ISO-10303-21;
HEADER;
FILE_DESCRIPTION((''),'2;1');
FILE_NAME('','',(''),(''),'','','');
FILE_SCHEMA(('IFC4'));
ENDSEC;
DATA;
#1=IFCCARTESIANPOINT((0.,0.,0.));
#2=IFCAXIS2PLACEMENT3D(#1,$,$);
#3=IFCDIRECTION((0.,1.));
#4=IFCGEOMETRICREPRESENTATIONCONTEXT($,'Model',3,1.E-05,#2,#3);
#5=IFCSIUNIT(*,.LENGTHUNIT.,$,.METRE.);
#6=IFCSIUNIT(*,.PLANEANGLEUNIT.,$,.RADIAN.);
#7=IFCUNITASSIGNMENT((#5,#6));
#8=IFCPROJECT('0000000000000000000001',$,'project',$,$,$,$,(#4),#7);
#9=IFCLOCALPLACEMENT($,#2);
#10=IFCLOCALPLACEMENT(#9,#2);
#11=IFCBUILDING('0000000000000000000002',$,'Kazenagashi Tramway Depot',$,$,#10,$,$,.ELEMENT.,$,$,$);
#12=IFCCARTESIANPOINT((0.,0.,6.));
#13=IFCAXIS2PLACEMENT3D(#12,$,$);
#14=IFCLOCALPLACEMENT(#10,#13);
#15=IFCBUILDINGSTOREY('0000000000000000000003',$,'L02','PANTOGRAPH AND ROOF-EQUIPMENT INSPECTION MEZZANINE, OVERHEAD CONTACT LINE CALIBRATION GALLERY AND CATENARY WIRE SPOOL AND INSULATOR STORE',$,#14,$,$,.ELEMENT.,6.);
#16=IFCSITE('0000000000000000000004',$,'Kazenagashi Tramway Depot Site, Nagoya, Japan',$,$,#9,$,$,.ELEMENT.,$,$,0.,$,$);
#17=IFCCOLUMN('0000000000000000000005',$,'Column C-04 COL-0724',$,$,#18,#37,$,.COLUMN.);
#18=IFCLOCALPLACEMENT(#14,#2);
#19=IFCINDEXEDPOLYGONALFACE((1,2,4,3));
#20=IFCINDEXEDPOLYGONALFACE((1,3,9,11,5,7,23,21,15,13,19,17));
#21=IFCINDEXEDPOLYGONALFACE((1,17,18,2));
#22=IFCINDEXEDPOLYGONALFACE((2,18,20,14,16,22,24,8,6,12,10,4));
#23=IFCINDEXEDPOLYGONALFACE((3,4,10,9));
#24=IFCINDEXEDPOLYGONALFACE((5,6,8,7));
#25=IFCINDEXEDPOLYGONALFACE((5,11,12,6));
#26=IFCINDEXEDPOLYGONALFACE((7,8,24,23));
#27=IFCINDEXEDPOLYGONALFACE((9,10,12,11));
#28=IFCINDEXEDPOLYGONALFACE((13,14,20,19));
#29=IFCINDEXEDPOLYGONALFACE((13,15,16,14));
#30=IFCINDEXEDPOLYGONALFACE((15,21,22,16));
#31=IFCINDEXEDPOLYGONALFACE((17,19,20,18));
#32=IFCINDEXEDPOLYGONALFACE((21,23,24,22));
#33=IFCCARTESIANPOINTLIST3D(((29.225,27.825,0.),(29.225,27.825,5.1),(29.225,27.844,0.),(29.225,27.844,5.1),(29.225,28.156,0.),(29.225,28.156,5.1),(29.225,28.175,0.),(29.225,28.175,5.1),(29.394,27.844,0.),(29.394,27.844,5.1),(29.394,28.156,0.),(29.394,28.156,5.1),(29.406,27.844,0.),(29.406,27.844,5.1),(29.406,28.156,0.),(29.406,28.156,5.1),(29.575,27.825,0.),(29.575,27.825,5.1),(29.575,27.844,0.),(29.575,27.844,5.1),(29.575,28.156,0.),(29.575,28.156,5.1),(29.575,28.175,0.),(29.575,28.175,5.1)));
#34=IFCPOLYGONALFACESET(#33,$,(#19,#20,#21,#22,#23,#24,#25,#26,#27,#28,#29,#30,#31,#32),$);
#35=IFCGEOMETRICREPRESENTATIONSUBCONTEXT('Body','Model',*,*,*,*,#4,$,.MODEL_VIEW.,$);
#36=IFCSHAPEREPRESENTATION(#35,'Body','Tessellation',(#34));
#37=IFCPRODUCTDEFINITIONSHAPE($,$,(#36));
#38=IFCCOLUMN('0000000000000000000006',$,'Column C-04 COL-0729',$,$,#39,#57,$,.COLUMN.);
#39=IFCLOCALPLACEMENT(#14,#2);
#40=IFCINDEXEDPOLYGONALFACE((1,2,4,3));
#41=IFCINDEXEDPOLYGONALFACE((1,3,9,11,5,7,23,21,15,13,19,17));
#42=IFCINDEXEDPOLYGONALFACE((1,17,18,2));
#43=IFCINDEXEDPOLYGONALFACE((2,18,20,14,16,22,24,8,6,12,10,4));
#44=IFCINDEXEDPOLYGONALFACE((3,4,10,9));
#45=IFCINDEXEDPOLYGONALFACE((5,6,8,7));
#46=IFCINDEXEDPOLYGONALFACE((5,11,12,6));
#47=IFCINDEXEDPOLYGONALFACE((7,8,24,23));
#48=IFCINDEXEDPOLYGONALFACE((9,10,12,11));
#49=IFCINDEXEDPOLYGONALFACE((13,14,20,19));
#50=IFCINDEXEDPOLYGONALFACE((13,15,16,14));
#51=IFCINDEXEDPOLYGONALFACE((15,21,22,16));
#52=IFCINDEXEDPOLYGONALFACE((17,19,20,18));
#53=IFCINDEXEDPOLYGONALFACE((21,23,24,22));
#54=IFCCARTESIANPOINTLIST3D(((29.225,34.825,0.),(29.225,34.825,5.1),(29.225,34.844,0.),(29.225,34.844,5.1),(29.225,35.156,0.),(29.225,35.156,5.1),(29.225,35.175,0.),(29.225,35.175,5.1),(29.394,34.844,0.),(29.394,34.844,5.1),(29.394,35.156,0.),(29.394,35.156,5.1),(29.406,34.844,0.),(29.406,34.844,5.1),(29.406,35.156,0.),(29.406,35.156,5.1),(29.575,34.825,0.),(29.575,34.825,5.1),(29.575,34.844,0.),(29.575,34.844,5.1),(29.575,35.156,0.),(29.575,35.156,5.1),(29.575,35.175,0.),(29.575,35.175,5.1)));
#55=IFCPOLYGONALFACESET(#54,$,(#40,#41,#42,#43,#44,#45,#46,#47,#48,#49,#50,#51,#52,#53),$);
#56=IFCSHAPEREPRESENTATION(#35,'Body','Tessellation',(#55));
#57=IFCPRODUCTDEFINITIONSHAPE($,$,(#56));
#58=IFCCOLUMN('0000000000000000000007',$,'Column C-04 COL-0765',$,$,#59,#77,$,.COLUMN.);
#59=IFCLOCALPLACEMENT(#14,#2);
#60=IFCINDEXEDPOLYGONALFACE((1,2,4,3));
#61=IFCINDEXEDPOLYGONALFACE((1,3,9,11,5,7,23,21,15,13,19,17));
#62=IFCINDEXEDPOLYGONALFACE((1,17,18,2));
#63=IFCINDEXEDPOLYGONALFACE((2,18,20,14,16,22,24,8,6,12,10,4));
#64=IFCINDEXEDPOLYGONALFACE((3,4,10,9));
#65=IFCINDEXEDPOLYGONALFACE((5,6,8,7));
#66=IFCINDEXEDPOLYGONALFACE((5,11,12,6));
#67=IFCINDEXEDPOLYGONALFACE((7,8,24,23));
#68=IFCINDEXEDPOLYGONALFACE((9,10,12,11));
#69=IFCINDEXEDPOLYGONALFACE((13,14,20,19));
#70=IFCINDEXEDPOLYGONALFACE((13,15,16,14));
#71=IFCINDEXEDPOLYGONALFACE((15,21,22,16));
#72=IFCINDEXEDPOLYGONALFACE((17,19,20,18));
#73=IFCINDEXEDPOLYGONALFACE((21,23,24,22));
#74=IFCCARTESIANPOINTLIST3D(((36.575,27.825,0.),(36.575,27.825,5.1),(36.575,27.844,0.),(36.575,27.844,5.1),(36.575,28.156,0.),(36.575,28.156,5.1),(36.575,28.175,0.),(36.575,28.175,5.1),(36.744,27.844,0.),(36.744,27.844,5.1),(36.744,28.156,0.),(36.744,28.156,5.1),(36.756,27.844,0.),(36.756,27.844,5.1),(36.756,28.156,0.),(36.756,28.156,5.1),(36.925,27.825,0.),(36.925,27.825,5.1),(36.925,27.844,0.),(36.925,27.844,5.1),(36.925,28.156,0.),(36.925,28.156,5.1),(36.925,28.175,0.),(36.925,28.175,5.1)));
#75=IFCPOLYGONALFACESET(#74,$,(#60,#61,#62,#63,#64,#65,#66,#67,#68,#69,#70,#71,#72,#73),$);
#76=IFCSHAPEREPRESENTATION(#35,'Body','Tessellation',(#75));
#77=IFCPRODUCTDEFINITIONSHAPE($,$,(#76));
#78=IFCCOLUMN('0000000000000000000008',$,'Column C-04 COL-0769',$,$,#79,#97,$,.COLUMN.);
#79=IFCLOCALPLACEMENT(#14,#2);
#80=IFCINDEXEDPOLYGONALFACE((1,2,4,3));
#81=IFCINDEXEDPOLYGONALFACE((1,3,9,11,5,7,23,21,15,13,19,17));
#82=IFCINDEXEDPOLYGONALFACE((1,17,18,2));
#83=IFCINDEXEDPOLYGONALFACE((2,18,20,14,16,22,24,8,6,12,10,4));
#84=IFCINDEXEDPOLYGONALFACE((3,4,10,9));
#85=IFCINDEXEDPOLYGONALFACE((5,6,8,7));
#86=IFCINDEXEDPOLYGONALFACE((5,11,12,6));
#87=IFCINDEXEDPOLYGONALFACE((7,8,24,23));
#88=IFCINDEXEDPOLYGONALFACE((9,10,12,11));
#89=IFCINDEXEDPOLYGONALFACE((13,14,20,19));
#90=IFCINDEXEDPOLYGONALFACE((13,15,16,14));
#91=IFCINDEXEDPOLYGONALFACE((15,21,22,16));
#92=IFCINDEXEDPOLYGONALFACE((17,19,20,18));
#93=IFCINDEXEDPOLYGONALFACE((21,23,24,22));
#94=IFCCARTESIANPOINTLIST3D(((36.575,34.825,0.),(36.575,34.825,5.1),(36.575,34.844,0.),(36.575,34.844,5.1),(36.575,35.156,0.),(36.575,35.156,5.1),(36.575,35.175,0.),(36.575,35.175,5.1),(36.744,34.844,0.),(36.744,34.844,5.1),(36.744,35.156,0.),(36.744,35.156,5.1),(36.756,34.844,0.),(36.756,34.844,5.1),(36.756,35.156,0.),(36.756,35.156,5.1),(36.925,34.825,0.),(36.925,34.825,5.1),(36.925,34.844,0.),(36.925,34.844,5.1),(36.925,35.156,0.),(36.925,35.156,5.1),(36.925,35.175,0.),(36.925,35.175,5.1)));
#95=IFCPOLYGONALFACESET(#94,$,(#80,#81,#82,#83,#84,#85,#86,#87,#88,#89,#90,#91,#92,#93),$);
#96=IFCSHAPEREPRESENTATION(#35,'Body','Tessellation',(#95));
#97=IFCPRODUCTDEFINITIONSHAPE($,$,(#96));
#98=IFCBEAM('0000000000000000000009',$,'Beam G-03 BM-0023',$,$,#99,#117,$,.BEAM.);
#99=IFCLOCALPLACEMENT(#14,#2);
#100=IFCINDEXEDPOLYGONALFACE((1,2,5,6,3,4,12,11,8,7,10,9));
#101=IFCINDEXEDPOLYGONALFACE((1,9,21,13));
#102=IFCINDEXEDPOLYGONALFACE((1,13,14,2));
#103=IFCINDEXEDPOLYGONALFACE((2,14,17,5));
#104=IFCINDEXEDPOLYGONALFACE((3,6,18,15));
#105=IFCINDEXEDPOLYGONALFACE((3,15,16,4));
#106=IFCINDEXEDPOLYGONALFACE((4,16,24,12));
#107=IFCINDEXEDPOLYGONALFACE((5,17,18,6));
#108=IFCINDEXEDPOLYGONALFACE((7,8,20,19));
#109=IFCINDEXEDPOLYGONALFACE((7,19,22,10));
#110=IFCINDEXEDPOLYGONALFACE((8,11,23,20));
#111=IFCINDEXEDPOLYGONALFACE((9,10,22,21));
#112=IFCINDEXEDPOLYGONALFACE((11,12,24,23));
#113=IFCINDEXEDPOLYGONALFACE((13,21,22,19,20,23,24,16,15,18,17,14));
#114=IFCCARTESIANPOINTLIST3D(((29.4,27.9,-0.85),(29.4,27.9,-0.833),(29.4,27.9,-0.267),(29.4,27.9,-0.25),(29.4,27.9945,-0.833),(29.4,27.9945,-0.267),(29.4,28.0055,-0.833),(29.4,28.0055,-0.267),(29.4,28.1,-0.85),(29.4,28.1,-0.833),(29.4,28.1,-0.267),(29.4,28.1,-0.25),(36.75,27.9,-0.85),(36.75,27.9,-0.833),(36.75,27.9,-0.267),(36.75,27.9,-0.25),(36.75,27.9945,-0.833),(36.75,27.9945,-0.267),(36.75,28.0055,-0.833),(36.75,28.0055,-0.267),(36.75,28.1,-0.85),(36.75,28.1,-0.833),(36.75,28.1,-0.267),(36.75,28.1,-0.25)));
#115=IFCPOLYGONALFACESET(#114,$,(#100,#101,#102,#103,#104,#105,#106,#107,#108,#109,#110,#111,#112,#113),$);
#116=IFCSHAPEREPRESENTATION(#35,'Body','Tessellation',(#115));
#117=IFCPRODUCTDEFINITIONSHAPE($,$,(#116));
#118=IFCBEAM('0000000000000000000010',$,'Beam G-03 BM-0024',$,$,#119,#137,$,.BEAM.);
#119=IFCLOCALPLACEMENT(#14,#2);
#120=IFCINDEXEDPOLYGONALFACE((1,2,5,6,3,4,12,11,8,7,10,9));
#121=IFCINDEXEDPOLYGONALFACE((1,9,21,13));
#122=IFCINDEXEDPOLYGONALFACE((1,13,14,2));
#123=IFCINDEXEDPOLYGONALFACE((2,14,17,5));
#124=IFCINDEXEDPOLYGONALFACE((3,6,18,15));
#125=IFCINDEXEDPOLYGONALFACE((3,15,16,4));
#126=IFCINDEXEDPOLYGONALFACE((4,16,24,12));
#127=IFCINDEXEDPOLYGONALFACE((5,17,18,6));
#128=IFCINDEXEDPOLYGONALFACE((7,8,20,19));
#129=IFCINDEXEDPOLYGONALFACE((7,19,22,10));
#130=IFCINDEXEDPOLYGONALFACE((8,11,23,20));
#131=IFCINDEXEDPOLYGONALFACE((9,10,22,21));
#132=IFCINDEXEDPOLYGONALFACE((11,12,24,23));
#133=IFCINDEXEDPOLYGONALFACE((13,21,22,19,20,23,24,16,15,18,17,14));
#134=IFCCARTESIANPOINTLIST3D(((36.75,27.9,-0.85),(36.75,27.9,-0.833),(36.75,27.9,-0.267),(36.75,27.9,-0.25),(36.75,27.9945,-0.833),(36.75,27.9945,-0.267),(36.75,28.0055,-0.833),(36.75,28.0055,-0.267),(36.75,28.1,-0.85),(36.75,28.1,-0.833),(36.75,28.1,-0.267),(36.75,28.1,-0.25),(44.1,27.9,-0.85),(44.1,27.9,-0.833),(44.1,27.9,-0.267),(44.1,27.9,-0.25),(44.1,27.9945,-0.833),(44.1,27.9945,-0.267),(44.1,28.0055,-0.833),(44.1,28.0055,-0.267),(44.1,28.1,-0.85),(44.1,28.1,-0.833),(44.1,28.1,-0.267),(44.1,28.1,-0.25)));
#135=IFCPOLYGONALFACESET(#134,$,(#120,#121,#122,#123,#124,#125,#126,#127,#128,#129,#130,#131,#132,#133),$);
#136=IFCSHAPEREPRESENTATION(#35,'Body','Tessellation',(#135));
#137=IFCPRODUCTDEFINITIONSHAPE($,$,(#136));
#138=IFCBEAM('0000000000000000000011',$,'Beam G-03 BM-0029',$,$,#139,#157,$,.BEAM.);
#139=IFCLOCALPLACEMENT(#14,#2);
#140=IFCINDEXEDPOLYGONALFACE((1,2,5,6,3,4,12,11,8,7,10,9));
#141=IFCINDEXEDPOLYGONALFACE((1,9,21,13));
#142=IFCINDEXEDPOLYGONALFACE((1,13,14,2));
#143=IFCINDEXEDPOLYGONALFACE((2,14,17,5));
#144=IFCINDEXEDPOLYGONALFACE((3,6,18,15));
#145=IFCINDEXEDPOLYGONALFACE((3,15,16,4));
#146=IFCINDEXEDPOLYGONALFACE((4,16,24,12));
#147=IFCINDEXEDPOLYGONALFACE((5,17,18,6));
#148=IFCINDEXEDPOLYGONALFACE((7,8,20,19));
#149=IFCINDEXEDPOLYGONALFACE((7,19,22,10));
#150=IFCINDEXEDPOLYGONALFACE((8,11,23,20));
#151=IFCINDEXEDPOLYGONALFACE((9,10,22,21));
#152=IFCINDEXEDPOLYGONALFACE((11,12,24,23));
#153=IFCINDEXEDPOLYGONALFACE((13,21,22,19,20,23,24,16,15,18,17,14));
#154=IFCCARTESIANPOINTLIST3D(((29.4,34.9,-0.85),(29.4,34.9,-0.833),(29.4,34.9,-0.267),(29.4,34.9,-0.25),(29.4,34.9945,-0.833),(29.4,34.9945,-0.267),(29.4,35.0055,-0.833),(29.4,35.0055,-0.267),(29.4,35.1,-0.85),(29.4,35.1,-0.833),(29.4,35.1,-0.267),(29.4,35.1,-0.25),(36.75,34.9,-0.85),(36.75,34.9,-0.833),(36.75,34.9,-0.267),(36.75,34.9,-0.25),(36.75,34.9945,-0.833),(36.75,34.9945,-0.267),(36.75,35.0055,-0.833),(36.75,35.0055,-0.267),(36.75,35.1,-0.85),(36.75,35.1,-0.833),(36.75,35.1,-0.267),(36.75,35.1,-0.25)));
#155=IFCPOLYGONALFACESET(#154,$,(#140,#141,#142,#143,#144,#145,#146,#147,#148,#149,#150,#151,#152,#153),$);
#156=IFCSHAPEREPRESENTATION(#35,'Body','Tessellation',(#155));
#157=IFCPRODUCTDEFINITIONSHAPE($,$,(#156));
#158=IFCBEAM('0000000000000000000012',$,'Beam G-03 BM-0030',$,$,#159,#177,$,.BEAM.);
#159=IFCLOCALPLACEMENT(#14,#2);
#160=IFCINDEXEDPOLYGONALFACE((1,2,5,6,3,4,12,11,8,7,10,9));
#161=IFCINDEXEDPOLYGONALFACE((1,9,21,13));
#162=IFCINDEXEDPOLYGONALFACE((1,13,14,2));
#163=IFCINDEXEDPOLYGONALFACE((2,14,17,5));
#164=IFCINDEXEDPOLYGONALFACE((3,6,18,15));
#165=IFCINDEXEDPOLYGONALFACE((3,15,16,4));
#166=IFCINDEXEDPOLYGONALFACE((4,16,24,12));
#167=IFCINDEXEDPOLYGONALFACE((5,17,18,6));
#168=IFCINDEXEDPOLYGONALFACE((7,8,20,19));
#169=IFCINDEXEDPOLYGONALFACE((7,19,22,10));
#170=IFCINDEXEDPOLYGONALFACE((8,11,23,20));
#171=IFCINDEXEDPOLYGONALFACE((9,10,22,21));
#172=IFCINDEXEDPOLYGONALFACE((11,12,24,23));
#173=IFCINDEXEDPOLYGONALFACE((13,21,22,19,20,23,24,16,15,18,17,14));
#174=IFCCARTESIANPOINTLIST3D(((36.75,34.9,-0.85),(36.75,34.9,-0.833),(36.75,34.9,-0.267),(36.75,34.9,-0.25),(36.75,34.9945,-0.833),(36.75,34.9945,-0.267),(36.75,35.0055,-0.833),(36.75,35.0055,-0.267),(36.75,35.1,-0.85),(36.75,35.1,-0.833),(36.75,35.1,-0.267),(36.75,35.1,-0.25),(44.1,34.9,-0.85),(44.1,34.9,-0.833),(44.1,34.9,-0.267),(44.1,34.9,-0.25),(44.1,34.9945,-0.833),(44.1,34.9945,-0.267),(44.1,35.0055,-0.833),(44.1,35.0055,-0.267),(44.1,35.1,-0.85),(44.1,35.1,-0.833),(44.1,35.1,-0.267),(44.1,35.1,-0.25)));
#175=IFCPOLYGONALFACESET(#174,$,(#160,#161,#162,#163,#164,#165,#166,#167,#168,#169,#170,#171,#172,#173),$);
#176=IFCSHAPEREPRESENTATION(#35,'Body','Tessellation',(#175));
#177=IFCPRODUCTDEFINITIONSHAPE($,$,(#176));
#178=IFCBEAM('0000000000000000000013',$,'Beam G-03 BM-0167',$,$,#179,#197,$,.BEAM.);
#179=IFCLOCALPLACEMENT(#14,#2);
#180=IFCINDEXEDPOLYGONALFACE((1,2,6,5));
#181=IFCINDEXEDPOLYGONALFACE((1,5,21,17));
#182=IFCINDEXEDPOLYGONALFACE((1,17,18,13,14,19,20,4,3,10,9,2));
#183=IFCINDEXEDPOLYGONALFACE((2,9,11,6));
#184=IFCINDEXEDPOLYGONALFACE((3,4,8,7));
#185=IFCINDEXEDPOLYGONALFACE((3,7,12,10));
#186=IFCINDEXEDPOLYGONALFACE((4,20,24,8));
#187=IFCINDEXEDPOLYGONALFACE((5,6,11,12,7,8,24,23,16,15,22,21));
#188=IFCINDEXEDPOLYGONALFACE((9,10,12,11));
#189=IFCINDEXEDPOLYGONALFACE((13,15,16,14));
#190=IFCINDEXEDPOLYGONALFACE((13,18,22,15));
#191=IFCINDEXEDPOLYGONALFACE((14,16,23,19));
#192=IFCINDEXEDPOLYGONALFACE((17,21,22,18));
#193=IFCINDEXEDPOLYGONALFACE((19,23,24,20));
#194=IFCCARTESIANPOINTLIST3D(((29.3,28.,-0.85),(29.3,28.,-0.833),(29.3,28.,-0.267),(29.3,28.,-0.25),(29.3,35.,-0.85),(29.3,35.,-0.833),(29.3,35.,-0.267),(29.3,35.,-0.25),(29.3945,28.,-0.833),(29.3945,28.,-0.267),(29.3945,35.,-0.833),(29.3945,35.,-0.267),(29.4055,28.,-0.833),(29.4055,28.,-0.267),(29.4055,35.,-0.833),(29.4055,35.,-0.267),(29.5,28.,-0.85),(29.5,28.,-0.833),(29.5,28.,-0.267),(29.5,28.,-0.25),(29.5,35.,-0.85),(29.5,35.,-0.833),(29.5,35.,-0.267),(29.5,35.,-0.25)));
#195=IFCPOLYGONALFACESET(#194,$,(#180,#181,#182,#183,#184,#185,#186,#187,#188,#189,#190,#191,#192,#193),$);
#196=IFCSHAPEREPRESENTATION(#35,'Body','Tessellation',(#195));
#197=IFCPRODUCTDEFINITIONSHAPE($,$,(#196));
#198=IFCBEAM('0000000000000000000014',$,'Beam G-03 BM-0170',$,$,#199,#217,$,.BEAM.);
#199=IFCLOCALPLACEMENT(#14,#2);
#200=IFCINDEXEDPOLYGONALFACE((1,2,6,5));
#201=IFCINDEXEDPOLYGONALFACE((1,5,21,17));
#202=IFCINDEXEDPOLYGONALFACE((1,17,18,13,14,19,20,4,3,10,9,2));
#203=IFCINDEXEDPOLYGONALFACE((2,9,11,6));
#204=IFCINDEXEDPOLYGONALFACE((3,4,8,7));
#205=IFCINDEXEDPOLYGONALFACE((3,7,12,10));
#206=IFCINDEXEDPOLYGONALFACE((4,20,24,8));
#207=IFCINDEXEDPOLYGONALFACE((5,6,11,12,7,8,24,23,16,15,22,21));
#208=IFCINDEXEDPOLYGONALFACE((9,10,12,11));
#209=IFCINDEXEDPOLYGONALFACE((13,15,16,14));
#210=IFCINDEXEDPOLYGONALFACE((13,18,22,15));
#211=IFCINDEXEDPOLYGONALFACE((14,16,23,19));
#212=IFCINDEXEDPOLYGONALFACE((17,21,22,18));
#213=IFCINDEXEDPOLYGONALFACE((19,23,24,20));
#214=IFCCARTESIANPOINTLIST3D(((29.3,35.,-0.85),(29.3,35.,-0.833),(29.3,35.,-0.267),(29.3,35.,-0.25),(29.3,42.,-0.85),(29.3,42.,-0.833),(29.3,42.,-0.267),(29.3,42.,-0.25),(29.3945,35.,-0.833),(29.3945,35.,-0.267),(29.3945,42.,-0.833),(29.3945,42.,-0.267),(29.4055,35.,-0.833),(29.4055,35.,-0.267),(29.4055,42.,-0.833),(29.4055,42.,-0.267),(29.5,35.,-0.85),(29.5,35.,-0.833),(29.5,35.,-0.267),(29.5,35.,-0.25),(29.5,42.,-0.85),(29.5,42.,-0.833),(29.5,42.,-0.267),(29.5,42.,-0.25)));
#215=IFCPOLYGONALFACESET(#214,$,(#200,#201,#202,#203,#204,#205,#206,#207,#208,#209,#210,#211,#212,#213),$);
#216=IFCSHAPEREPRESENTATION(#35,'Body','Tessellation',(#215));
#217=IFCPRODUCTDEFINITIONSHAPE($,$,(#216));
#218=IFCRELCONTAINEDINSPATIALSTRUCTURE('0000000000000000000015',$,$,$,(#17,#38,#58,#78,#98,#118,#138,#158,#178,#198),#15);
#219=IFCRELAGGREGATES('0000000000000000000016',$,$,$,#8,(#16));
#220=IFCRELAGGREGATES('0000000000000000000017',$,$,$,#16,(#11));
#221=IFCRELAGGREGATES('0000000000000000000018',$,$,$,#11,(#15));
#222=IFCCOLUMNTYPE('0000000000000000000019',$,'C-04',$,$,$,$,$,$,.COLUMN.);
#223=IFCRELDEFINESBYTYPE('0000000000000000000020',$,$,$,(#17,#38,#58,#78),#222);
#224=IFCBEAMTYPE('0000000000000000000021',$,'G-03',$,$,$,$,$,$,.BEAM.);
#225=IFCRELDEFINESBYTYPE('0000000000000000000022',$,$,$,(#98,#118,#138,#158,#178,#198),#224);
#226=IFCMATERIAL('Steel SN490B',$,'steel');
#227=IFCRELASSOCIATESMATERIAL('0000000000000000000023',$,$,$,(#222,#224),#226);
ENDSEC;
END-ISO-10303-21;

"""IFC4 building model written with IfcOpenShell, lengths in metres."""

from ifc_helpers import new_model, si_unit, direction, frame, origin, origin_2d, place, context, subcontext, project, spatial, i_section, extrude, material, material_profile, profile_set, type_object, element, save


model = new_model("IFC4")

# Units and contexts
model_context = context("Model", 3, precision=1e-05, world=origin(), true_north=direction((0.0, 1.0)))
body_context = subcontext(model_context, "Body", "Model", "MODEL_VIEW")
ifc_project = project(units=[si_unit("LENGTHUNIT", "METRE"), si_unit("PLANEANGLEUNIT", "RADIAN")], contexts=[model_context])

# Site, building, storey
site_placement = place(None, origin())
site = spatial("IfcSite", under=ifc_project, at=site_placement, Name="Kazenagashi Tramway Depot Site, Nagoya, Japan", CompositionType="ELEMENT", RefElevation=0.0)
building_placement = place(site_placement, origin())
building = spatial("IfcBuilding", under=site, at=building_placement, Name="Kazenagashi Tramway Depot", CompositionType="ELEMENT")
storey_placement = place(building_placement, frame((0.0, 0.0, 6.0)))
storey = spatial("IfcBuildingStorey", under=building, at=storey_placement, Name="L02", Description="PANTOGRAPH AND ROOF-EQUIPMENT INSPECTION MEZZANINE, OVERHEAD CONTACT LINE CALIBRATION GALLERY AND CATENARY WIRE SPOOL AND INSULATOR STORE", CompositionType="ELEMENT", Elevation=6.0)

# Columns
ifc_material_1 = material(Name="Steel SN490B", Category="steel")
ifc_material_profile_1 = material_profile(ifc_material_1, i_section(OverallWidth=0.35, OverallDepth=0.35, WebThickness=0.012, FlangeThickness=0.019, at=origin_2d()), Name="H-350x350x12x19")
ifc_profile_set_1 = profile_set([ifc_material_profile_1], Name="Steel SN490B")
column_type = type_object("IfcColumnType", Name="C-04", PredefinedType="COLUMN", material=ifc_profile_set_1)
for number, where, z_axis, x_axis, name in (
    (1, (29.4, 28.0, 0.0), (0.0, 0.0, 1.0), (1.0, 0.0, 0.0), "Column C-04 COL-0724"),
    (2, (29.4, 35.0, 0.0), (0.0, 0.0, 1.0), (1.0, 0.0, 0.0), "Column C-04 COL-0729"),
    (3, (36.75, 28.0, 0.0), (0.0, 0.0, 1.0), (1.0, 0.0, 0.0), "Column C-04 COL-0765"),
    (4, (36.75, 35.0, 0.0), (0.0, 0.0, 1.0), (1.0, 0.0, 0.0), "Column C-04 COL-0769"),
):
    element("IfcColumn", number, at=place(storey_placement, frame(where, z_axis=z_axis, x_axis=x_axis)), inside=storey, type_object=column_type, Name=name, PredefinedType="COLUMN", context=body_context, shape_type="SweptSolid", body=[
        extrude(i_section(OverallWidth=0.35, OverallDepth=0.35, WebThickness=0.012, FlangeThickness=0.019, at=origin_2d()), origin(), (0.0, 0.0, 1.0), 5.1),
    ])

# Beams
ifc_material_profile_2 = material_profile(ifc_material_1, i_section(OverallWidth=0.2, OverallDepth=0.6, WebThickness=0.011, FlangeThickness=0.017, at=origin_2d()), Name="H-600x200x11x17")
ifc_profile_set_2 = profile_set([ifc_material_profile_2], Name="Steel SN490B")
beam_type_1 = type_object("IfcBeamType", Name="G-03", PredefinedType="BEAM", material=ifc_profile_set_2)
for number, where, z_axis, x_axis, name in (
    (5, (29.4, 28.0, -0.55), (1.0, 0.0, 0.0), (0.0, 1.0, 0.0), "Beam G-03 BM-0023"),
    (6, (36.75, 28.0, -0.55), (1.0, 0.0, 0.0), (0.0, 1.0, 0.0), "Beam G-03 BM-0024"),
    (7, (29.4, 35.0, -0.55), (1.0, 0.0, 0.0), (0.0, 1.0, 0.0), "Beam G-03 BM-0029"),
    (8, (36.75, 35.0, -0.55), (1.0, 0.0, 0.0), (0.0, 1.0, 0.0), "Beam G-03 BM-0030"),
):
    element("IfcBeam", number, at=place(storey_placement, frame(where, z_axis=z_axis, x_axis=x_axis)), inside=storey, type_object=beam_type_1, Name=name, PredefinedType="BEAM", context=body_context, shape_type="SweptSolid", body=[
        extrude(i_section(OverallWidth=0.2, OverallDepth=0.6, WebThickness=0.011, FlangeThickness=0.017, at=origin_2d()), origin(), (0.0, 0.0, 1.0), 7.35),
    ])
for number, where, z_axis, x_axis, name in (
    (9, (29.4, 28.0, -0.55), (0.0, 1.0, 0.0), (-1.0, 0.0, 0.0), "Beam G-03 BM-0167"),
    (10, (29.4, 35.0, -0.55), (0.0, 1.0, 0.0), (-1.0, 0.0, 0.0), "Beam G-03 BM-0170"),
):
    element("IfcBeam", number, at=place(storey_placement, frame(where, z_axis=z_axis, x_axis=x_axis)), inside=storey, type_object=beam_type_1, Name=name, PredefinedType="BEAM", context=body_context, shape_type="SweptSolid", body=[
        extrude(i_section(OverallWidth=0.2, OverallDepth=0.6, WebThickness=0.011, FlangeThickness=0.017, at=origin_2d()), origin(), (0.0, 0.0, 1.0), 7.0),
    ])

save(model, "model.ifc")
